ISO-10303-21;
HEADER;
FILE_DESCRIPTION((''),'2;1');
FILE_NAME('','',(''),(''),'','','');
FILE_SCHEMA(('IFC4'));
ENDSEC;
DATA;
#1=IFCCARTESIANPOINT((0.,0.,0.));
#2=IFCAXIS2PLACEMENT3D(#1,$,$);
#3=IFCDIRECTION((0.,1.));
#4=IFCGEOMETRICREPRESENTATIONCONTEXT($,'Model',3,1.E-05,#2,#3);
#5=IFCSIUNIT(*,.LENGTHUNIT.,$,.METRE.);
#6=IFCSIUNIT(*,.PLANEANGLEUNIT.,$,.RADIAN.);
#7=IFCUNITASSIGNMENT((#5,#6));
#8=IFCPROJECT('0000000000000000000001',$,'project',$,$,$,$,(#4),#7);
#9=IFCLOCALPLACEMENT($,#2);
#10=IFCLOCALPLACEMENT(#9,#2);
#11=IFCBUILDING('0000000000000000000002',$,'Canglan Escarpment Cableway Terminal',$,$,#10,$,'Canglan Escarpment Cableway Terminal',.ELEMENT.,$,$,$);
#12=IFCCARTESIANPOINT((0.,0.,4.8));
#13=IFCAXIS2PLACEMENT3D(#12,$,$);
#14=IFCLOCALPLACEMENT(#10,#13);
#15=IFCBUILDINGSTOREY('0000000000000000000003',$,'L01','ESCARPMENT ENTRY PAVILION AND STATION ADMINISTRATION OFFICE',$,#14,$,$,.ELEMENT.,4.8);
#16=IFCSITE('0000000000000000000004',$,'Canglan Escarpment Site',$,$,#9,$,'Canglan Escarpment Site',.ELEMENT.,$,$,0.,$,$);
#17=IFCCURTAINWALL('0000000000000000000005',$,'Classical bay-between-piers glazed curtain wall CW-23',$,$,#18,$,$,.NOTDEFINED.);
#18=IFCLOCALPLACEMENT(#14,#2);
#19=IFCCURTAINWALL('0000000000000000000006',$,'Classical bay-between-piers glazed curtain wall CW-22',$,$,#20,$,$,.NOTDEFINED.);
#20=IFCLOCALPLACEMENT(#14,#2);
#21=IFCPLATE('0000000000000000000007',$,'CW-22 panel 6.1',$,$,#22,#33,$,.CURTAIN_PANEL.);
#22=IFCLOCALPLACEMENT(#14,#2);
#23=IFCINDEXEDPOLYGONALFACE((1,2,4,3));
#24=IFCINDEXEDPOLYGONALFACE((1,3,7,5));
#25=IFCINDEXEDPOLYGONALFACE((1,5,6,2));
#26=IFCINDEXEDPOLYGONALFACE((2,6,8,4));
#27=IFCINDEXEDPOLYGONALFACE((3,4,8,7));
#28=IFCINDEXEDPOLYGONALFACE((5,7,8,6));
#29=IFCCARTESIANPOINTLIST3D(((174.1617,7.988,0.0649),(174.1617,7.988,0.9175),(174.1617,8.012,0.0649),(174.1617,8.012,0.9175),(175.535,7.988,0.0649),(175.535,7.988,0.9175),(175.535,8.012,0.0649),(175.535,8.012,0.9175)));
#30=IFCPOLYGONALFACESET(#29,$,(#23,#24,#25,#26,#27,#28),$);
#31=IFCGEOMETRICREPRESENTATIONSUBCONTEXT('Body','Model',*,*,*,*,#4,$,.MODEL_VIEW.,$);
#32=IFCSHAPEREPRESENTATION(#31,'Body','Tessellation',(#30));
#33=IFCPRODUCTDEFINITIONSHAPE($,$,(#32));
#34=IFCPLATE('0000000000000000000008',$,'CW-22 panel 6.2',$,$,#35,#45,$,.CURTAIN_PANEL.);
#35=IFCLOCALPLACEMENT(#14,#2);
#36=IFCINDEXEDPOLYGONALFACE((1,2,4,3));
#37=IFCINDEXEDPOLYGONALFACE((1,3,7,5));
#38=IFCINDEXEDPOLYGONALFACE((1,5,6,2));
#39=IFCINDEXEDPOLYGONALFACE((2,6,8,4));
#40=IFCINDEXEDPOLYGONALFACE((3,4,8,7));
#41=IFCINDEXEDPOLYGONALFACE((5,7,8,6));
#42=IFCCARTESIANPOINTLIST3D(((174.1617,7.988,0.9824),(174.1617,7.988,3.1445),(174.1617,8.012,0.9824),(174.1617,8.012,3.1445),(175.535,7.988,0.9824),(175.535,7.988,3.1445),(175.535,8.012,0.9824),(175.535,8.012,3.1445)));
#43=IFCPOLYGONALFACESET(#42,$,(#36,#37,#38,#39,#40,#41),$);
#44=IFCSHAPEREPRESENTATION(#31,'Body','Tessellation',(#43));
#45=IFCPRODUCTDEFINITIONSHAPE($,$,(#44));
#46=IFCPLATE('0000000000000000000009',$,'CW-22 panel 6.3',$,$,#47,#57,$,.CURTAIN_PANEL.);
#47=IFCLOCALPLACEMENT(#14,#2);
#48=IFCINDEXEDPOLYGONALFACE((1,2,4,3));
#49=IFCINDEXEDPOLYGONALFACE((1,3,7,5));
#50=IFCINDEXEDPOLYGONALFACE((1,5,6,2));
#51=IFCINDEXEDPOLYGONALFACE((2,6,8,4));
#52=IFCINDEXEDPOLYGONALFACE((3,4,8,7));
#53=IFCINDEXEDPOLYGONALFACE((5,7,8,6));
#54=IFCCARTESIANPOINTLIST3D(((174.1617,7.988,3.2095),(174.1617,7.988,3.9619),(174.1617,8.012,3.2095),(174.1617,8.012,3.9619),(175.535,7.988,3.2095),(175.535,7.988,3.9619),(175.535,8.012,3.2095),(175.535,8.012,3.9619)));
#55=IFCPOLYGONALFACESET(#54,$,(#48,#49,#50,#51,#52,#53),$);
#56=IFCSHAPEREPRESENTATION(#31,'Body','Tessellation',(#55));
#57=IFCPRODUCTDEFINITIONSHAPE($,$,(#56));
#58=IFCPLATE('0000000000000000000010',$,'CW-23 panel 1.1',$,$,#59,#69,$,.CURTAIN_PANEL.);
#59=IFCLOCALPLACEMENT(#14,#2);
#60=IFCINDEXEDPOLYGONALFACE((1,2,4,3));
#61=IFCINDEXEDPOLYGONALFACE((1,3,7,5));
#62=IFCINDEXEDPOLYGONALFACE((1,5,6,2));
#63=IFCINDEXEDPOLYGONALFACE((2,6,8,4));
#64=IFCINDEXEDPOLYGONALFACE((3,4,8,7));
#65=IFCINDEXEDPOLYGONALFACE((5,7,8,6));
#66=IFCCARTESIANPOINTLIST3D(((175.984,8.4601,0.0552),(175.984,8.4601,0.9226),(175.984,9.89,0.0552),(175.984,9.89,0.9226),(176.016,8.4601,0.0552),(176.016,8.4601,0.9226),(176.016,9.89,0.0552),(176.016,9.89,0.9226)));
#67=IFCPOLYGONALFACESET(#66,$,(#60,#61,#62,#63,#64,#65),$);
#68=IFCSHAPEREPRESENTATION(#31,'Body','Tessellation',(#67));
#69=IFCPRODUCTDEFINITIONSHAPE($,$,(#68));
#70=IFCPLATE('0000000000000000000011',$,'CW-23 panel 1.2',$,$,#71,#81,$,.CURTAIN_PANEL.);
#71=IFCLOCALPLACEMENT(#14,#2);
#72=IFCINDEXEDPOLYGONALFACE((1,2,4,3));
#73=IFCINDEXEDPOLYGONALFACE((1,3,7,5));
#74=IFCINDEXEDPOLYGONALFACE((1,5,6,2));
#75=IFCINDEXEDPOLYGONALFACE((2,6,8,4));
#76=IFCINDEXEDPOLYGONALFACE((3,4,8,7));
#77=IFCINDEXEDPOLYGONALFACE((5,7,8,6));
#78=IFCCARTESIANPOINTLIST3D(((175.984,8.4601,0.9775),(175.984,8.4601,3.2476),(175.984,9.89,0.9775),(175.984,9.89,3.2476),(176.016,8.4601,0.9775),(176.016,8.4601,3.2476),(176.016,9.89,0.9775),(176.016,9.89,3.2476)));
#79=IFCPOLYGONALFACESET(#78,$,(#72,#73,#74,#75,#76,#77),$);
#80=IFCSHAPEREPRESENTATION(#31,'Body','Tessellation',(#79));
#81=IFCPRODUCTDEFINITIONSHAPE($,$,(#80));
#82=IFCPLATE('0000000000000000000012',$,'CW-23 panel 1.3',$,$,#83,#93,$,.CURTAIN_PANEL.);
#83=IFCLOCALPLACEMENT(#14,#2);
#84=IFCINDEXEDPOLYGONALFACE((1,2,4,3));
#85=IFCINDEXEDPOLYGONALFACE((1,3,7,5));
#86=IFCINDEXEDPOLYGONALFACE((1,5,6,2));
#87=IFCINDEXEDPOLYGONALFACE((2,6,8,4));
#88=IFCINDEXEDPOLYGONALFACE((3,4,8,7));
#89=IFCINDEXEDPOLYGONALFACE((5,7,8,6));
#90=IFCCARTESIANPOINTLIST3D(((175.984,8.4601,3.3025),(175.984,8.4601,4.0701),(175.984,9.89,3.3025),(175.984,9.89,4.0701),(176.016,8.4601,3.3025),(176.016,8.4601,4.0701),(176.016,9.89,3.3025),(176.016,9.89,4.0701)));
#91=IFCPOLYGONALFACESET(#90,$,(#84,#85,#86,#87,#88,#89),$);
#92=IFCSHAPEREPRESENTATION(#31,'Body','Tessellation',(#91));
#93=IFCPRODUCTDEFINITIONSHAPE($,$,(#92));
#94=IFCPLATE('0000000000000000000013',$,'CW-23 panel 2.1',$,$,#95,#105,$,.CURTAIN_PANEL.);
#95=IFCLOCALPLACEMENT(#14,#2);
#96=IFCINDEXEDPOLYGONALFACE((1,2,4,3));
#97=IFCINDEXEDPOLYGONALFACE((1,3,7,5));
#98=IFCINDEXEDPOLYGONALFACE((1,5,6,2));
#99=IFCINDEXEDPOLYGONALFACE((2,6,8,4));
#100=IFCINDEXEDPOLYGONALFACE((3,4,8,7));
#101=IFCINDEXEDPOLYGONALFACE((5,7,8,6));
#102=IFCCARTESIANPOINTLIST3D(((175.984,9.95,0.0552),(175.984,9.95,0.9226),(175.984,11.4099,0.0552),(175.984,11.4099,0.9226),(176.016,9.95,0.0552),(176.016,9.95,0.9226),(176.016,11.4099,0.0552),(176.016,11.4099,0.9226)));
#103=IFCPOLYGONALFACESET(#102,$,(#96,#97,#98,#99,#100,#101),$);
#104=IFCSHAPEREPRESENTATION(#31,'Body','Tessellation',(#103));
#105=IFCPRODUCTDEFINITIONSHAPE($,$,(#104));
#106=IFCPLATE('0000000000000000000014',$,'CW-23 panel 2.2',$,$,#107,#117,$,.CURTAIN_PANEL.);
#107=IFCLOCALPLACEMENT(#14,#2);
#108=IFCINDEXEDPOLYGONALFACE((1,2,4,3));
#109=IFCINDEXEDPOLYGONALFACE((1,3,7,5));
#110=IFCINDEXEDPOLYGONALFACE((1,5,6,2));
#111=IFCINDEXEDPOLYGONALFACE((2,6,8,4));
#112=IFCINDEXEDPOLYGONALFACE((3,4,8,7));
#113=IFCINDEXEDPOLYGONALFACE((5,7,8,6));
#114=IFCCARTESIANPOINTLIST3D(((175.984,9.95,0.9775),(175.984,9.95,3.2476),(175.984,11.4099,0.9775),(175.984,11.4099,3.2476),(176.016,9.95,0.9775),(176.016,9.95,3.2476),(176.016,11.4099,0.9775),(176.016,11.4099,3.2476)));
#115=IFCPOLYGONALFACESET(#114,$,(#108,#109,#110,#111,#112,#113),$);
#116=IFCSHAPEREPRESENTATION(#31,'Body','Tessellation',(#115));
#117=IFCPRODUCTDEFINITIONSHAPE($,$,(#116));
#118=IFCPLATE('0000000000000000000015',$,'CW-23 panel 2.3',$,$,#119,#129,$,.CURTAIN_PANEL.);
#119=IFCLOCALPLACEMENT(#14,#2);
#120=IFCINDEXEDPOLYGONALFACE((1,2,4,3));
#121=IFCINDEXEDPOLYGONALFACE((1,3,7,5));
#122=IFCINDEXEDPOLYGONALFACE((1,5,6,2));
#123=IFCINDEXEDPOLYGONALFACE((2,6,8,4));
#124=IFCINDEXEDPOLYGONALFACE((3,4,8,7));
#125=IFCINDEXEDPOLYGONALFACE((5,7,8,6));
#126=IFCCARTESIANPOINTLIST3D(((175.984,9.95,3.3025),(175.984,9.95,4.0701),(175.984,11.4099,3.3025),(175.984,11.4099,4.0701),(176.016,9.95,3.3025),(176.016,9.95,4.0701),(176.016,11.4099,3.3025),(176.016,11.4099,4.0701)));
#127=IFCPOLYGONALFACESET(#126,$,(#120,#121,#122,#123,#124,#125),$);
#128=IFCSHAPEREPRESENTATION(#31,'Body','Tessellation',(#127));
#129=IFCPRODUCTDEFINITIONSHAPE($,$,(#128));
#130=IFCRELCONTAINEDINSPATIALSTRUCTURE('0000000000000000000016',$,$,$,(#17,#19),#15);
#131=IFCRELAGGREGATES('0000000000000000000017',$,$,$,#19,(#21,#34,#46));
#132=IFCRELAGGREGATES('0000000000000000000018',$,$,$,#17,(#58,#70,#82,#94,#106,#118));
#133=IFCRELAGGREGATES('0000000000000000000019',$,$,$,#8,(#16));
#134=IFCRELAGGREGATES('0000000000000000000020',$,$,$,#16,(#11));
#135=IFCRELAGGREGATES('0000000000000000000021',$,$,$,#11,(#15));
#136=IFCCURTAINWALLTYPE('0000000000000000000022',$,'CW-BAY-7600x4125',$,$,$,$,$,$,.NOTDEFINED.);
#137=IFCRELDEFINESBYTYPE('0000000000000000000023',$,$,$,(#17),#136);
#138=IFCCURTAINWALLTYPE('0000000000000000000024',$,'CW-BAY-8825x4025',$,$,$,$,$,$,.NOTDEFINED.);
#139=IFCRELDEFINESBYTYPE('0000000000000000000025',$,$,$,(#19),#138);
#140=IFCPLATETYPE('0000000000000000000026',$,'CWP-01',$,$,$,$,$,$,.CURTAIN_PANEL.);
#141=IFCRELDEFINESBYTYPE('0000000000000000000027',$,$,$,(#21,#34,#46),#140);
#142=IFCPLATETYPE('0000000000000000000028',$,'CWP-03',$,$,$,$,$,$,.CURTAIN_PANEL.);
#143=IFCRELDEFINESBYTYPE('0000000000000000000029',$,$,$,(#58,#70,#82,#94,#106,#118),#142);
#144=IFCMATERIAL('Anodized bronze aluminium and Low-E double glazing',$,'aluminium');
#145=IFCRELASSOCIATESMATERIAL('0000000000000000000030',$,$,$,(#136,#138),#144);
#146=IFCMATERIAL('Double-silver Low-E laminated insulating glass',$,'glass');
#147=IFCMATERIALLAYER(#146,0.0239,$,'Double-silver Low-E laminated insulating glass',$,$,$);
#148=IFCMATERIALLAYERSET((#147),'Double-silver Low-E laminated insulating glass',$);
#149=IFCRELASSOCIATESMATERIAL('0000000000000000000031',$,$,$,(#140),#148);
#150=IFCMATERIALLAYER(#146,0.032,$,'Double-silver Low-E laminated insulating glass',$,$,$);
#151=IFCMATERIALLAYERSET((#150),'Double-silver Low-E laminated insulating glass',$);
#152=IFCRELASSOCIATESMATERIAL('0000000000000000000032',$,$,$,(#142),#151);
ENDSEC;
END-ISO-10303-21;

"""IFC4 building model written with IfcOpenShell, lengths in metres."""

from ifc_helpers import new_model, si_unit, direction, frame, origin, origin_2d, place, context, subcontext, project, spatial, rectangle, extrude, material, layer, layer_set, type_object, element, aggregate, save


model = new_model("IFC4")

# Units and contexts
model_context = context("Model", 3, precision=1e-05, world=origin(), true_north=direction((0.0, 1.0)))
body_context = subcontext(model_context, "Body", "Model", "MODEL_VIEW")
ifc_project = project(units=[si_unit("LENGTHUNIT", "METRE"), si_unit("PLANEANGLEUNIT", "RADIAN")], contexts=[model_context])

# Site, building, storey
site_placement = place(None, origin())
site = spatial("IfcSite", under=ifc_project, at=site_placement, Name="Canglan Escarpment Site", LongName="Canglan Escarpment Site", CompositionType="ELEMENT", RefElevation=0.0)
building_placement = place(site_placement, origin())
building = spatial("IfcBuilding", under=site, at=building_placement, Name="Canglan Escarpment Cableway Terminal", LongName="Canglan Escarpment Cableway Terminal", CompositionType="ELEMENT")
storey_placement = place(building_placement, frame((0.0, 0.0, 4.8)))
storey = spatial("IfcBuildingStorey", under=building, at=storey_placement, Name="L01", Description="ESCARPMENT ENTRY PAVILION AND STATION ADMINISTRATION OFFICE", CompositionType="ELEMENT", Elevation=4.8)

# Curtain wall
ifc_material_1 = material(Name="Anodized bronze aluminium and Low-E double glazing", Category="aluminium")
curtain_wall_type_1 = type_object("IfcCurtainWallType", Name="CW-BAY-7600x4125", PredefinedType="NOTDEFINED", material=ifc_material_1)
curtain_wall_1_placement = place(storey_placement, origin())
curtain_wall_1 = element("IfcCurtainWall", 1, at=curtain_wall_1_placement, inside=storey, type_object=curtain_wall_type_1, Name="Classical bay-between-piers glazed curtain wall CW-23", PredefinedType="NOTDEFINED")

# Curtain wall, plates
curtain_wall_type_2 = type_object("IfcCurtainWallType", Name="CW-BAY-8825x4025", PredefinedType="NOTDEFINED", material=ifc_material_1)
curtain_wall_2_placement = place(storey_placement, origin())
curtain_wall_2 = element("IfcCurtainWall", 2, at=curtain_wall_2_placement, inside=storey, type_object=curtain_wall_type_2, Name="Classical bay-between-piers glazed curtain wall CW-22", PredefinedType="NOTDEFINED")
ifc_material_2 = material(Name="Double-silver Low-E laminated insulating glass", Category="glass")
ifc_layer_1 = layer(ifc_material_2, 0.0239, Name="Double-silver Low-E laminated insulating glass")
ifc_layer_set_1 = layer_set([ifc_layer_1], Name="Double-silver Low-E laminated insulating glass")
plate_type_1 = type_object("IfcPlateType", Name="CWP-01", PredefinedType="CURTAIN_PANEL", material=ifc_layer_set_1)
plate_1_placement = place(storey_placement, frame((174.8484, 8.0, 0.0649), z_axis=(0.0, 0.0, 1.0), x_axis=(1.0, 0.0, 0.0)))
plate_1 = element("IfcPlate", 3, at=plate_1_placement, type_object=plate_type_1, Name="CW-22 panel 6.1", PredefinedType="CURTAIN_PANEL", context=body_context, shape_type="SweptSolid", body=[
    extrude(rectangle(XDim=1.3733, YDim=0.0239, at=origin_2d()), origin(), (0.0, 0.0, 1.0), 0.8525),
])
plate_2_placement = place(storey_placement, frame((174.8484, 8.0, 0.9824), z_axis=(0.0, 0.0, 1.0), x_axis=(1.0, 0.0, 0.0)))
plate_2 = element("IfcPlate", 4, at=plate_2_placement, type_object=plate_type_1, Name="CW-22 panel 6.2", PredefinedType="CURTAIN_PANEL", context=body_context, shape_type="SweptSolid", body=[
    extrude(rectangle(XDim=1.3733, YDim=0.0239, at=origin_2d()), origin(), (0.0, 0.0, 1.0), 2.1621),
])
plate_3_placement = place(storey_placement, frame((174.8484, 8.0, 3.2095), z_axis=(0.0, 0.0, 1.0), x_axis=(1.0, 0.0, 0.0)))
plate_3 = element("IfcPlate", 5, at=plate_3_placement, type_object=plate_type_1, Name="CW-22 panel 6.3", PredefinedType="CURTAIN_PANEL", context=body_context, shape_type="SweptSolid", body=[
    extrude(rectangle(XDim=1.3733, YDim=0.0239, at=origin_2d()), origin(), (0.0, 0.0, 1.0), 0.7524),
])
aggregate(curtain_wall_2, [plate_1, plate_2, plate_3])

# Plates
ifc_layer_2 = layer(ifc_material_2, 0.032, Name="Double-silver Low-E laminated insulating glass")
ifc_layer_set_2 = layer_set([ifc_layer_2], Name="Double-silver Low-E laminated insulating glass")
plate_type_2 = type_object("IfcPlateType", Name="CWP-03", PredefinedType="CURTAIN_PANEL", material=ifc_layer_set_2)
plate_4_placement = place(storey_placement, frame((176.0, 9.175, 0.0552), z_axis=(0.0, 0.0, 1.0), x_axis=(0.0, 1.0, 0.0)))
plate_4 = element("IfcPlate", 6, at=plate_4_placement, type_object=plate_type_2, Name="CW-23 panel 1.1", PredefinedType="CURTAIN_PANEL", context=body_context, shape_type="SweptSolid", body=[
    extrude(rectangle(XDim=1.4299, YDim=0.032, at=origin_2d()), origin(), (0.0, 0.0, 1.0), 0.8674),
])
plate_5_placement = place(storey_placement, frame((176.0, 9.175, 0.9775), z_axis=(0.0, 0.0, 1.0), x_axis=(0.0, 1.0, 0.0)))
plate_5 = element("IfcPlate", 7, at=plate_5_placement, type_object=plate_type_2, Name="CW-23 panel 1.2", PredefinedType="CURTAIN_PANEL", context=body_context, shape_type="SweptSolid", body=[
    extrude(rectangle(XDim=1.4299, YDim=0.032, at=origin_2d()), origin(), (0.0, 0.0, 1.0), 2.27),
])
plate_6_placement = place(storey_placement, frame((176.0, 9.175, 3.3025), z_axis=(0.0, 0.0, 1.0), x_axis=(0.0, 1.0, 0.0)))
plate_6 = element("IfcPlate", 8, at=plate_6_placement, type_object=plate_type_2, Name="CW-23 panel 1.3", PredefinedType="CURTAIN_PANEL", context=body_context, shape_type="SweptSolid", body=[
    extrude(rectangle(XDim=1.4299, YDim=0.032, at=origin_2d()), origin(), (0.0, 0.0, 1.0), 0.7676),
])
plate_7_placement = place(storey_placement, frame((176.0, 10.6799, 0.0552), z_axis=(0.0, 0.0, 1.0), x_axis=(0.0, 1.0, 0.0)))
plate_7 = element("IfcPlate", 9, at=plate_7_placement, type_object=plate_type_2, Name="CW-23 panel 2.1", PredefinedType="CURTAIN_PANEL", context=body_context, shape_type="SweptSolid", body=[
    extrude(rectangle(XDim=1.46, YDim=0.032, at=origin_2d()), origin(), (0.0, 0.0, 1.0), 0.8674),
])
plate_8_placement = place(storey_placement, frame((176.0, 10.6799, 0.9775), z_axis=(0.0, 0.0, 1.0), x_axis=(0.0, 1.0, 0.0)))
plate_8 = element("IfcPlate", 10, at=plate_8_placement, type_object=plate_type_2, Name="CW-23 panel 2.2", PredefinedType="CURTAIN_PANEL", context=body_context, shape_type="SweptSolid", body=[
    extrude(rectangle(XDim=1.46, YDim=0.032, at=origin_2d()), origin(), (0.0, 0.0, 1.0), 2.27),
])
plate_9_placement = place(storey_placement, frame((176.0, 10.6799, 3.3025), z_axis=(0.0, 0.0, 1.0), x_axis=(0.0, 1.0, 0.0)))
plate_9 = element("IfcPlate", 11, at=plate_9_placement, type_object=plate_type_2, Name="CW-23 panel 2.3", PredefinedType="CURTAIN_PANEL", context=body_context, shape_type="SweptSolid", body=[
    extrude(rectangle(XDim=1.46, YDim=0.032, at=origin_2d()), origin(), (0.0, 0.0, 1.0), 0.7676),
])
aggregate(curtain_wall_1, [plate_4, plate_5, plate_6, plate_7, plate_8, plate_9])

save(model, "model.ifc")
